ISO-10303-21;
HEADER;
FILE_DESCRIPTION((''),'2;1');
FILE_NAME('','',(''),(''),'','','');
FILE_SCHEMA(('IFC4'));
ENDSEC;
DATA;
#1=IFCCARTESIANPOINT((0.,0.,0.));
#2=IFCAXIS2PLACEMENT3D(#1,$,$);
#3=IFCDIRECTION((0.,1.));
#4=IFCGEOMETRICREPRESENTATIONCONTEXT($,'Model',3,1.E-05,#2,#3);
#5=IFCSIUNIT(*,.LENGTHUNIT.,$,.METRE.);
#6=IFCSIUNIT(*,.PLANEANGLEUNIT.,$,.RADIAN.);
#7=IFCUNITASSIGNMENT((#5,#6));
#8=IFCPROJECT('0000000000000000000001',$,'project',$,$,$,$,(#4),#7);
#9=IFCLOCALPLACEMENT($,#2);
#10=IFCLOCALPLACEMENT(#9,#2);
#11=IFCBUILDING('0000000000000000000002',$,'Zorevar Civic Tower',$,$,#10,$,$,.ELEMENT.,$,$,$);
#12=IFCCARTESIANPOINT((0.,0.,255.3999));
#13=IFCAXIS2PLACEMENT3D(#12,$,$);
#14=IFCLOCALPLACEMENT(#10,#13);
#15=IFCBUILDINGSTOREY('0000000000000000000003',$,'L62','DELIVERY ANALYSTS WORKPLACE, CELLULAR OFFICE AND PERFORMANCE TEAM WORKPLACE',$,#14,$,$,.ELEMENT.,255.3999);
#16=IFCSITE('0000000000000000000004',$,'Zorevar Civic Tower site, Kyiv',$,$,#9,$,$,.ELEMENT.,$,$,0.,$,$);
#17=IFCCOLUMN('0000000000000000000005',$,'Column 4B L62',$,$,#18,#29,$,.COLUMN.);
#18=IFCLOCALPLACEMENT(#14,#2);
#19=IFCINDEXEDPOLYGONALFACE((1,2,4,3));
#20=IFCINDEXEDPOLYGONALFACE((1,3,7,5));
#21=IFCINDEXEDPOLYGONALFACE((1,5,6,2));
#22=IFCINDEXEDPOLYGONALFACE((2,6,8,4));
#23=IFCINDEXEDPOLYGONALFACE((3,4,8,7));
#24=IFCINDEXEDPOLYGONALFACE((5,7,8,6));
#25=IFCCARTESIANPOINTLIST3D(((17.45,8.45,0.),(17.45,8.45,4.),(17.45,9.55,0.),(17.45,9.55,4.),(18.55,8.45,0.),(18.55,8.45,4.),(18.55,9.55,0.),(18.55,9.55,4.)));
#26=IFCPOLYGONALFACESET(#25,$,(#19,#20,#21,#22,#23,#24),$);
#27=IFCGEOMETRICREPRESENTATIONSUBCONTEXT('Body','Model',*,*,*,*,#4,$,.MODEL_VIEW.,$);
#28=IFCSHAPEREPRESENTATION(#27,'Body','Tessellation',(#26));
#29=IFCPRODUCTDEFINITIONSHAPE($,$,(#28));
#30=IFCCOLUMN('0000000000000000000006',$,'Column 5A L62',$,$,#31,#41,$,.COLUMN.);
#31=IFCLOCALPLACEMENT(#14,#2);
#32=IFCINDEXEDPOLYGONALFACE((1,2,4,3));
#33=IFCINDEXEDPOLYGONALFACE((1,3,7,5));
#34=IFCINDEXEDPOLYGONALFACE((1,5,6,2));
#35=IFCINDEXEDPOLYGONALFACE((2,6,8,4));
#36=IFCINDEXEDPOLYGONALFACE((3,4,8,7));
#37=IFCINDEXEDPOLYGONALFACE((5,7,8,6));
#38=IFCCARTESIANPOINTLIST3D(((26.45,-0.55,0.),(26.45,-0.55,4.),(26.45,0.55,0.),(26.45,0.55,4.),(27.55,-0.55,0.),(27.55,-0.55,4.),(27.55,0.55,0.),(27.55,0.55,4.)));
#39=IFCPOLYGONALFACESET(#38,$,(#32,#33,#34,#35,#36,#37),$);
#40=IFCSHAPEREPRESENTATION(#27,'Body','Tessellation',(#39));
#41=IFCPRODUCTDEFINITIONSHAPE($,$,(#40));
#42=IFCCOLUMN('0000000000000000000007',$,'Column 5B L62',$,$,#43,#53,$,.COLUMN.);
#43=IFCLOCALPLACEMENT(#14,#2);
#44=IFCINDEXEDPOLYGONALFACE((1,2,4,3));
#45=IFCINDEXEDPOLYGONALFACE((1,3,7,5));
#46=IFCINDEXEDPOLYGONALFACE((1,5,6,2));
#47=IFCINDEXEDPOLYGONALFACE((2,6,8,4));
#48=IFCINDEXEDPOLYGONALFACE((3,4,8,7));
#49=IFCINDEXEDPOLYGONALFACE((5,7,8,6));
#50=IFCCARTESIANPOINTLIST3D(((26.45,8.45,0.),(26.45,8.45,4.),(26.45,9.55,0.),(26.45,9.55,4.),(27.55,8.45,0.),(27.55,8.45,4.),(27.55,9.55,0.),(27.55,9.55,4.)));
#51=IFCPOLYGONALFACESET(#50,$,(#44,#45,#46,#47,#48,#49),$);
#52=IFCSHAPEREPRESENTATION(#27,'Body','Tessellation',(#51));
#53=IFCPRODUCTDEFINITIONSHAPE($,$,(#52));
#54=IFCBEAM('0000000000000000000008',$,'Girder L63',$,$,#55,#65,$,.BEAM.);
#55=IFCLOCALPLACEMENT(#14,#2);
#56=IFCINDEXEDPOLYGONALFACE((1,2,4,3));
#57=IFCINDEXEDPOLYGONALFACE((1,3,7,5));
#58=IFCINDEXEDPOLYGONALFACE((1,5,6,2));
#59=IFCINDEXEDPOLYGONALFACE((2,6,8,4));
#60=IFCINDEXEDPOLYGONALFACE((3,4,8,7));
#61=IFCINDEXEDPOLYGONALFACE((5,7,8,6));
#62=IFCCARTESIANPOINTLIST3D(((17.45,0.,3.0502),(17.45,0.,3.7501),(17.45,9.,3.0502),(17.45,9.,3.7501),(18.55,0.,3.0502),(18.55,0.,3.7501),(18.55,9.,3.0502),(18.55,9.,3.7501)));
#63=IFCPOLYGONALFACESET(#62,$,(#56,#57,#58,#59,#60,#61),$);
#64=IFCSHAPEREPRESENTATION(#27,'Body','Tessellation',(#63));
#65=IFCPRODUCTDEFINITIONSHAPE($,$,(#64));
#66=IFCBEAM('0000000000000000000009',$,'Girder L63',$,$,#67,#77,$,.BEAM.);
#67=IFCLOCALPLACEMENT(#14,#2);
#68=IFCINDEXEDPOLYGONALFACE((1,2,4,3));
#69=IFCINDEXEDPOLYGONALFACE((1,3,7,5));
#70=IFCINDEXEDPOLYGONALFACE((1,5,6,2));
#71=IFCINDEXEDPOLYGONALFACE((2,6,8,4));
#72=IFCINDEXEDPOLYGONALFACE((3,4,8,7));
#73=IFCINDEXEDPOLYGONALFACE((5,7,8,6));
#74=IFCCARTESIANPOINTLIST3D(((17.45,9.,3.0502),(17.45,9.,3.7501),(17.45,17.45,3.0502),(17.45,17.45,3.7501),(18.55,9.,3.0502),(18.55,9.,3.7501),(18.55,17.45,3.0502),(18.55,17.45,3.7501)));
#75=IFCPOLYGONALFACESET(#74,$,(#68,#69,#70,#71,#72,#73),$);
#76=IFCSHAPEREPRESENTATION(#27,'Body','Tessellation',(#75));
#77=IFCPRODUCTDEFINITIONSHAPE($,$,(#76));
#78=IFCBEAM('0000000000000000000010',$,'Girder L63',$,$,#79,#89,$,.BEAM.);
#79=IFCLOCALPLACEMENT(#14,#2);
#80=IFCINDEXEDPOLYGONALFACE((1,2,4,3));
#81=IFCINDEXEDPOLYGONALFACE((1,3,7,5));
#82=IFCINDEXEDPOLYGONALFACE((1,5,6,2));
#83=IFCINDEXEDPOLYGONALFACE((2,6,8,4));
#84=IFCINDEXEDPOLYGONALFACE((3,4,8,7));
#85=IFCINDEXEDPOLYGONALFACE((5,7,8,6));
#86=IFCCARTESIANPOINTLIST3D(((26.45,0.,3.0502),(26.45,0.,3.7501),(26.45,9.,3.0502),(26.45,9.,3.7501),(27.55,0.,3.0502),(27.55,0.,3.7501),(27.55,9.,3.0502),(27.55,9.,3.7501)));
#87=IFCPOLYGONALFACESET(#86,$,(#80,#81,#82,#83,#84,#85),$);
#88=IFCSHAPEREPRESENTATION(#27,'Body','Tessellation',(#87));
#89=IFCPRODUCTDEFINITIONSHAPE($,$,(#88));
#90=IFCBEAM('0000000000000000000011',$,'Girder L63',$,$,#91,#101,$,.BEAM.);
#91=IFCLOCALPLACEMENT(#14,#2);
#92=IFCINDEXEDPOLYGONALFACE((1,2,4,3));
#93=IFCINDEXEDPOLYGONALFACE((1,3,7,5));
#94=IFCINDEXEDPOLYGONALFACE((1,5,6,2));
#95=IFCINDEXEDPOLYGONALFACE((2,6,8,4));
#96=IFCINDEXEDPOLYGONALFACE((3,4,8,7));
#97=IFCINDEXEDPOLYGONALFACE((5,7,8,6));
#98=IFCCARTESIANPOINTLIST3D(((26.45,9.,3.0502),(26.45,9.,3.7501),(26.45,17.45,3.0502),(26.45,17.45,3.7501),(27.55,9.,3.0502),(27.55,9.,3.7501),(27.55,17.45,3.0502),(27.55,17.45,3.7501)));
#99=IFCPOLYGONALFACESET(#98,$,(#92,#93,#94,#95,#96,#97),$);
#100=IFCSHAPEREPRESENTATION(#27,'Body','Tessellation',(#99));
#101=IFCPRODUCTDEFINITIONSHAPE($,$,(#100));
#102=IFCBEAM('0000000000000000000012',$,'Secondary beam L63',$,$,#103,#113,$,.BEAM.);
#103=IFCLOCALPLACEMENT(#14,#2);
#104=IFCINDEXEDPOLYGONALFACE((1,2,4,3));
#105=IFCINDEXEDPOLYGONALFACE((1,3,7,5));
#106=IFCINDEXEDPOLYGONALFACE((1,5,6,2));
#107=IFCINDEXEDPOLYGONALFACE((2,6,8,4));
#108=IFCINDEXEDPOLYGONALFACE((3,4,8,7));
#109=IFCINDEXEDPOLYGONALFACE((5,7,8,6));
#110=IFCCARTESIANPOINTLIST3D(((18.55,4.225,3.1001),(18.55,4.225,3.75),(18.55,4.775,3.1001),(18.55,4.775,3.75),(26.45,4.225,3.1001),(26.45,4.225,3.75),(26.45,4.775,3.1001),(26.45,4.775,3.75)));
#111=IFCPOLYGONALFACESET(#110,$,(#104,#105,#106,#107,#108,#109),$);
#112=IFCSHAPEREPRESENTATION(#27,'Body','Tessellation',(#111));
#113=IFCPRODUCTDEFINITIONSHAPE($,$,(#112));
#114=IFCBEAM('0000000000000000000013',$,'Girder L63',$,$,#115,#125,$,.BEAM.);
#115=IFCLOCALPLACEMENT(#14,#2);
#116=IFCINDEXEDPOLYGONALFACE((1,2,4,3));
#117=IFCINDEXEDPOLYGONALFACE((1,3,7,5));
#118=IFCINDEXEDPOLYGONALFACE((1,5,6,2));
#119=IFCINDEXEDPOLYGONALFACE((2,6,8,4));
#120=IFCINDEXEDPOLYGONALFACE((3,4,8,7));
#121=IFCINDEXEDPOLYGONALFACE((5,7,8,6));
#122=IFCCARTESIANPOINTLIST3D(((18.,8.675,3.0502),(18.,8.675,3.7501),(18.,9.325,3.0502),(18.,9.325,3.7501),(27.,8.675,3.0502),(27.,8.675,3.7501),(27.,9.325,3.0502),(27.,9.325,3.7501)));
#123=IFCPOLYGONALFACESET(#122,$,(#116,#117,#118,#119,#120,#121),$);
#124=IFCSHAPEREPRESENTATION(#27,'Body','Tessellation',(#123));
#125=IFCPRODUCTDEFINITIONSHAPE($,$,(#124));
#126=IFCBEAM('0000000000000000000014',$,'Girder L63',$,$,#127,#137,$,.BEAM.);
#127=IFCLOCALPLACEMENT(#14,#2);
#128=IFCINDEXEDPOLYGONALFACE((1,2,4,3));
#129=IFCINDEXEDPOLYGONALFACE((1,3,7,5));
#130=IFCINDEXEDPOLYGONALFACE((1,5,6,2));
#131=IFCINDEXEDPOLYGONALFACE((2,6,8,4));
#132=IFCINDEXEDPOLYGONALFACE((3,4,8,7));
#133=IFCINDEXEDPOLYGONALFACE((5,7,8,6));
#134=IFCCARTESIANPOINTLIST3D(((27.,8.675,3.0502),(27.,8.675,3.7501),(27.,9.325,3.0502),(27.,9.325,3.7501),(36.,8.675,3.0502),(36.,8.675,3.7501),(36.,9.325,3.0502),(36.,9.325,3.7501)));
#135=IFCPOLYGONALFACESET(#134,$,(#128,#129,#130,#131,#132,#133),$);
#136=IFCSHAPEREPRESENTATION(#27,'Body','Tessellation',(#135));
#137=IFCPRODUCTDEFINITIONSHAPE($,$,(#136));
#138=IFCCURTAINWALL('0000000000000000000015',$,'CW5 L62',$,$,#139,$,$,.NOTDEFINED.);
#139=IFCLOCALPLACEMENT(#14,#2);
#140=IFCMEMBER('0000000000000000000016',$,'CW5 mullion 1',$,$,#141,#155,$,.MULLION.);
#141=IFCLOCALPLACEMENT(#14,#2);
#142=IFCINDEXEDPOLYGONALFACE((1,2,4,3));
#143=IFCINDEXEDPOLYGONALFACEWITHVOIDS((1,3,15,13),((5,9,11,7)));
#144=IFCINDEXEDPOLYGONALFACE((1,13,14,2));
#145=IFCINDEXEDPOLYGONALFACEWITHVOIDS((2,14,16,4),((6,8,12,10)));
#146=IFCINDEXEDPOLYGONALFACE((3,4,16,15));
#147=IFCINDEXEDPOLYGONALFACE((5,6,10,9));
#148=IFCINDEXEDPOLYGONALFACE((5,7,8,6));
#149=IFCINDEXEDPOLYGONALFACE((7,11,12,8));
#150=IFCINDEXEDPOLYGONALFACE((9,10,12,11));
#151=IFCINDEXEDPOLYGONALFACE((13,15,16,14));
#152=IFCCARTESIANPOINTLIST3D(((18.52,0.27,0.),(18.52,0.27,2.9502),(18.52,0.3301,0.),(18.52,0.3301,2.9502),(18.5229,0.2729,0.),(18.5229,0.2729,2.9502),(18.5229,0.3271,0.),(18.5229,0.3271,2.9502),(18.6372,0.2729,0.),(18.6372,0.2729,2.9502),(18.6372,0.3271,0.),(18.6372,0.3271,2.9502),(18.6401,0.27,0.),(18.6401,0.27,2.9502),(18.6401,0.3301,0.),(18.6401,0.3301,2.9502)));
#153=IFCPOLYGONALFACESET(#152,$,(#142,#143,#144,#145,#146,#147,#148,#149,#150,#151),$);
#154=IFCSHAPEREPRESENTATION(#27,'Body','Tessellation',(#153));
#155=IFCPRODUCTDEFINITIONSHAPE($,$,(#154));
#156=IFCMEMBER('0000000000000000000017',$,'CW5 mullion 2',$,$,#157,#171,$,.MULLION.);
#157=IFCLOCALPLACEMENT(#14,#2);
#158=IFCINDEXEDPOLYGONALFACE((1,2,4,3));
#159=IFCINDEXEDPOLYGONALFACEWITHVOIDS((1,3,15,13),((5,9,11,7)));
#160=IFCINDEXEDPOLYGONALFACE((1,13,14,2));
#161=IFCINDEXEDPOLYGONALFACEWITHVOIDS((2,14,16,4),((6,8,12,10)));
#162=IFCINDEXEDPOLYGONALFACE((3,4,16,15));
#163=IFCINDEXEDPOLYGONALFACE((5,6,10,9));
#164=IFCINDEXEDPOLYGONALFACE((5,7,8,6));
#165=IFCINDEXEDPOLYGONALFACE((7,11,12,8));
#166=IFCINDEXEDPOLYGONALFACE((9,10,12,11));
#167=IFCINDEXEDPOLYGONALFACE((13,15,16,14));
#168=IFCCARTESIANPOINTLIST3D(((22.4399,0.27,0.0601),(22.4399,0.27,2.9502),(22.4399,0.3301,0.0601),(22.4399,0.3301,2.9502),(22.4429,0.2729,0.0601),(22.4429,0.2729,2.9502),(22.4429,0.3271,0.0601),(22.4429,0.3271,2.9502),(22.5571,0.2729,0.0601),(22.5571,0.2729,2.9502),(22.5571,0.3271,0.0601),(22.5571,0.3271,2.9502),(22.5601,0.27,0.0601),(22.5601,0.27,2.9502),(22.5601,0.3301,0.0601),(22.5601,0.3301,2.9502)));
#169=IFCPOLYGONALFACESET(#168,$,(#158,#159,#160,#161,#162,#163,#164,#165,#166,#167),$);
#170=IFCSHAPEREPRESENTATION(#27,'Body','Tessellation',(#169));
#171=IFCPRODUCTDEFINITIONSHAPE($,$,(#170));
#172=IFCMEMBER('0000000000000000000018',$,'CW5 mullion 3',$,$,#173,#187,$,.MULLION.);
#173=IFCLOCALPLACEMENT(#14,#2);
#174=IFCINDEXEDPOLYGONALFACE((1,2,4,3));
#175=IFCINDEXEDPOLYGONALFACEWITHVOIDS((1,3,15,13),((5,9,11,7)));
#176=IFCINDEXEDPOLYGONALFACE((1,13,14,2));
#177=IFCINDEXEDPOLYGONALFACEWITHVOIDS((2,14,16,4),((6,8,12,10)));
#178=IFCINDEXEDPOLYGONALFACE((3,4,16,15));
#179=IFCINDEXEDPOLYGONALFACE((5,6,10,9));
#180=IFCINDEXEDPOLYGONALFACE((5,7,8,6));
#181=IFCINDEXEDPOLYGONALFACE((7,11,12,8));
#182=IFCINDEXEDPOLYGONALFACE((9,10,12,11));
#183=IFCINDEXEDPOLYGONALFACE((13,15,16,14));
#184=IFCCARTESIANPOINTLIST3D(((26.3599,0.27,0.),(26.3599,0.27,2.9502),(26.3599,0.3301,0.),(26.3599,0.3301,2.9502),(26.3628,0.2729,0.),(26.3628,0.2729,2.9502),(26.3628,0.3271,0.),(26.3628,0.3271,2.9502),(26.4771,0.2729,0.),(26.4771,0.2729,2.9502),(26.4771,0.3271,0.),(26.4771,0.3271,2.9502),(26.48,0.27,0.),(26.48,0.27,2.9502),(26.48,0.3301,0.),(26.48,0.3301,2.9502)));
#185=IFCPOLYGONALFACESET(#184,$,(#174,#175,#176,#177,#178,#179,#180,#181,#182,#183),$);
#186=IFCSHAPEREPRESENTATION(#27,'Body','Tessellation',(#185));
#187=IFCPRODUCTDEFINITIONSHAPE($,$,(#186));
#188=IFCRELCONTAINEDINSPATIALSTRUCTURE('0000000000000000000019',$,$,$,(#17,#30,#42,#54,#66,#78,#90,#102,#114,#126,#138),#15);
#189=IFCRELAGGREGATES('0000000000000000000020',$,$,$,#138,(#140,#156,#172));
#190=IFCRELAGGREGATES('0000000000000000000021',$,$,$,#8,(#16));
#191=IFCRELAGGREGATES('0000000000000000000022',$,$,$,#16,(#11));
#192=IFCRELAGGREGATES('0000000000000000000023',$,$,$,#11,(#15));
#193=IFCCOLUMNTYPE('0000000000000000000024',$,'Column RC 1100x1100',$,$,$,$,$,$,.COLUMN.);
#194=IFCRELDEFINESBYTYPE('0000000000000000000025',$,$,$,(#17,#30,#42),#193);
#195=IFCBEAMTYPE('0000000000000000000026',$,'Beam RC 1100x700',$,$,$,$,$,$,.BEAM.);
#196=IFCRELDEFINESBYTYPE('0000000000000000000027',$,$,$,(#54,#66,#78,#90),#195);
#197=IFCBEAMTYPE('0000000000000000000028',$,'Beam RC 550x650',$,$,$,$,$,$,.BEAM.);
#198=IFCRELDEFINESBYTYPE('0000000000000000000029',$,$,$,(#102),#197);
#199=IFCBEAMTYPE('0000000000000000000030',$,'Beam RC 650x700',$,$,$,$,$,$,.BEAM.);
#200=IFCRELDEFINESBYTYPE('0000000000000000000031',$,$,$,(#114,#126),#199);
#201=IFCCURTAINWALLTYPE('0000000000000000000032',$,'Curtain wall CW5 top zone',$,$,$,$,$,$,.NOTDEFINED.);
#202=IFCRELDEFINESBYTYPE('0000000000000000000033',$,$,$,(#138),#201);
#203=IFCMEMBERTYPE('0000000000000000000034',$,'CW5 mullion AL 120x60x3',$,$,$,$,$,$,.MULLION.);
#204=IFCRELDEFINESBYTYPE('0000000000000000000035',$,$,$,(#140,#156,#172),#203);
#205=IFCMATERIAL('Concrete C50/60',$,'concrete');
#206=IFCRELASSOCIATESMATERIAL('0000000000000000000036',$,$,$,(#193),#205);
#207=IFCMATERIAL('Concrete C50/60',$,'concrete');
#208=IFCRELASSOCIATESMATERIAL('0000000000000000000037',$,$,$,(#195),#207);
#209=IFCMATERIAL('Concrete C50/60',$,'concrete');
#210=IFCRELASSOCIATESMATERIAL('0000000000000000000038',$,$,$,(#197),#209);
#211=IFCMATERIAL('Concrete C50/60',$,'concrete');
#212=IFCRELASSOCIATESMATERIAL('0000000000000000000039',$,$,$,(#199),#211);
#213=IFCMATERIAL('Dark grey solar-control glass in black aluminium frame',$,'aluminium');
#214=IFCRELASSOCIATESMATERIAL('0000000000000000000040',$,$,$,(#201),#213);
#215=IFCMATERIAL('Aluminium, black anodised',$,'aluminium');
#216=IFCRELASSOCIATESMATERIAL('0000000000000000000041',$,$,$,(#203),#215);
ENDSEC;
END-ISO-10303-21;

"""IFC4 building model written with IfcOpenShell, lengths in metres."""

from ifc_helpers import new_model, si_unit, direction, frame, origin, origin_2d, place, context, subcontext, project, spatial, rectangle, hollow_rectangle, extrude, material, material_profile, profile_set, type_object, element, aggregate, save


model = new_model("IFC4")

# Units and contexts
model_context = context("Model", 3, precision=1e-05, world=origin(), true_north=direction((0.0, 1.0)))
body_context = subcontext(model_context, "Body", "Model", "MODEL_VIEW")
ifc_project = project(units=[si_unit("LENGTHUNIT", "METRE"), si_unit("PLANEANGLEUNIT", "RADIAN")], contexts=[model_context])

# Site, building, storey
site_placement = place(None, origin())
site = spatial("IfcSite", under=ifc_project, at=site_placement, Name="Zorevar Civic Tower site, Kyiv", CompositionType="ELEMENT", RefElevation=0.0)
building_placement = place(site_placement, origin())
building = spatial("IfcBuilding", under=site, at=building_placement, Name="Zorevar Civic Tower", CompositionType="ELEMENT")
storey_placement = place(building_placement, frame((0.0, 0.0, 255.3999)))
storey = spatial("IfcBuildingStorey", under=building, at=storey_placement, Name="L62", Description="DELIVERY ANALYSTS WORKPLACE, CELLULAR OFFICE AND PERFORMANCE TEAM WORKPLACE", CompositionType="ELEMENT", Elevation=255.3999)

# Columns
ifc_material_1 = material(Name="Concrete C50/60", Category="concrete")
ifc_material_profile_1 = material_profile(ifc_material_1, rectangle(XDim=1.1001, YDim=1.1001, at=origin_2d()), Name="RC 1100x1100")
ifc_profile_set_1 = profile_set([ifc_material_profile_1], Name="Concrete C50/60")
column_type = type_object("IfcColumnType", Name="Column RC 1100x1100", PredefinedType="COLUMN", material=ifc_profile_set_1)
for number, where, z_axis, x_axis, name in (
    (1, (18.0, 9.0, 0.0), (0.0, 0.0, 1.0), (1.0, 0.0, 0.0), "Column 4B L62"),
    (2, (27.0, 0.0, 0.0), (0.0, 0.0, 1.0), (1.0, 0.0, 0.0), "Column 5A L62"),
    (3, (27.0, 9.0, 0.0), (0.0, 0.0, 1.0), (1.0, 0.0, 0.0), "Column 5B L62"),
):
    element("IfcColumn", number, at=place(storey_placement, frame(where, z_axis=z_axis, x_axis=x_axis)), inside=storey, type_object=column_type, Name=name, PredefinedType="COLUMN", context=body_context, shape_type="SweptSolid", body=[
        extrude(rectangle(XDim=1.1001, YDim=1.1001, at=origin_2d()), origin(), (0.0, 0.0, 1.0), 4.0),
    ])

# Beams
ifc_material_2 = material(Name="Concrete C50/60", Category="concrete")
ifc_material_profile_2 = material_profile(ifc_material_2, rectangle(XDim=1.1001, YDim=0.7, at=origin_2d()), Name="RC 1100x700")
ifc_profile_set_2 = profile_set([ifc_material_profile_2], Name="Concrete C50/60")
beam_type_1 = type_object("IfcBeamType", Name="Beam RC 1100x700", PredefinedType="BEAM", material=ifc_profile_set_2)
beam_1_placement = place(storey_placement, frame((18.0, 0.0, 3.4001), z_axis=(0.0, 1.0, 0.0), x_axis=(-1.0, 0.0, 0.0)))
element("IfcBeam", 4, at=beam_1_placement, inside=storey, type_object=beam_type_1, Name="Girder L63", PredefinedType="BEAM", context=body_context, shape_type="SweptSolid", body=[
    extrude(rectangle(XDim=1.1001, YDim=0.7, at=origin_2d()), origin(), (0.0, 0.0, 1.0), 9.0),
])
beam_2_placement = place(storey_placement, frame((18.0, 9.0, 3.4001), z_axis=(0.0, 1.0, 0.0), x_axis=(-1.0, 0.0, 0.0)))
element("IfcBeam", 5, at=beam_2_placement, inside=storey, type_object=beam_type_1, Name="Girder L63", PredefinedType="BEAM", context=body_context, shape_type="SweptSolid", body=[
    extrude(rectangle(XDim=1.1001, YDim=0.7, at=origin_2d()), origin(), (0.0, 0.0, 1.0), 8.45),
])
beam_3_placement = place(storey_placement, frame((27.0, 0.0, 3.4001), z_axis=(0.0, 1.0, 0.0), x_axis=(-1.0, 0.0, 0.0)))
element("IfcBeam", 6, at=beam_3_placement, inside=storey, type_object=beam_type_1, Name="Girder L63", PredefinedType="BEAM", context=body_context, shape_type="SweptSolid", body=[
    extrude(rectangle(XDim=1.1001, YDim=0.7, at=origin_2d()), origin(), (0.0, 0.0, 1.0), 9.0),
])
beam_4_placement = place(storey_placement, frame((27.0, 9.0, 3.4001), z_axis=(0.0, 1.0, 0.0), x_axis=(-1.0, 0.0, 0.0)))
element("IfcBeam", 7, at=beam_4_placement, inside=storey, type_object=beam_type_1, Name="Girder L63", PredefinedType="BEAM", context=body_context, shape_type="SweptSolid", body=[
    extrude(rectangle(XDim=1.1001, YDim=0.7, at=origin_2d()), origin(), (0.0, 0.0, 1.0), 8.45),
])
ifc_material_3 = material(Name="Concrete C50/60", Category="concrete")
ifc_material_profile_3 = material_profile(ifc_material_3, rectangle(XDim=0.55, YDim=0.6499, at=origin_2d()), Name="RC 550x650")
ifc_profile_set_3 = profile_set([ifc_material_profile_3], Name="Concrete C50/60")
beam_type_2 = type_object("IfcBeamType", Name="Beam RC 550x650", PredefinedType="BEAM", material=ifc_profile_set_3)
beam_5_placement = place(storey_placement, frame((18.55, 4.5, 3.425), z_axis=(1.0, 0.0, 0.0), x_axis=(0.0, 1.0, 0.0)))
element("IfcBeam", 8, at=beam_5_placement, inside=storey, type_object=beam_type_2, Name="Secondary beam L63", PredefinedType="BEAM", context=body_context, shape_type="SweptSolid", body=[
    extrude(rectangle(XDim=0.55, YDim=0.6499, at=origin_2d()), origin(), (0.0, 0.0, 1.0), 7.8999),
])
ifc_material_4 = material(Name="Concrete C50/60", Category="concrete")
ifc_material_profile_4 = material_profile(ifc_material_4, rectangle(XDim=0.6499, YDim=0.7, at=origin_2d()), Name="RC 650x700")
ifc_profile_set_4 = profile_set([ifc_material_profile_4], Name="Concrete C50/60")
beam_type_3 = type_object("IfcBeamType", Name="Beam RC 650x700", PredefinedType="BEAM", material=ifc_profile_set_4)
for number, where, z_axis, x_axis, name in (
    (9, (18.0, 9.0, 3.4001), (1.0, 0.0, 0.0), (0.0, 1.0, 0.0), "Girder L63"),
    (10, (27.0, 9.0, 3.4001), (1.0, 0.0, 0.0), (0.0, 1.0, 0.0), "Girder L63"),
):
    element("IfcBeam", number, at=place(storey_placement, frame(where, z_axis=z_axis, x_axis=x_axis)), inside=storey, type_object=beam_type_3, Name=name, PredefinedType="BEAM", context=body_context, shape_type="SweptSolid", body=[
        extrude(rectangle(XDim=0.6499, YDim=0.7, at=origin_2d()), origin(), (0.0, 0.0, 1.0), 9.0),
    ])

# Curtain wall, members
ifc_material_5 = material(Name="Dark grey solar-control glass in black aluminium frame", Category="aluminium")
curtain_wall_type = type_object("IfcCurtainWallType", Name="Curtain wall CW5 top zone", PredefinedType="NOTDEFINED", material=ifc_material_5)
curtain_wall_placement = place(storey_placement, origin())
curtain_wall = element("IfcCurtainWall", 11, at=curtain_wall_placement, inside=storey, type_object=curtain_wall_type, Name="CW5 L62", PredefinedType="NOTDEFINED")
ifc_material_6 = material(Name="Aluminium, black anodised", Category="aluminium")
ifc_material_profile_5 = material_profile(ifc_material_6, hollow_rectangle(XDim=0.0601, YDim=0.1201, WallThickness=0.0029, at=origin_2d()), Name="AL 120x60x3")
ifc_profile_set_5 = profile_set([ifc_material_profile_5], Name="Aluminium, black anodised")
member_type_1 = type_object("IfcMemberType", Name="CW5 mullion AL 120x60x3", PredefinedType="MULLION", material=ifc_profile_set_5)
member_1_placement = place(storey_placement, frame((18.5801, 0.3, 0.0), z_axis=(0.0, 0.0, 1.0), x_axis=(0.0, 1.0, 0.0)))
member_1 = element("IfcMember", 12, at=member_1_placement, type_object=member_type_1, Name="CW5 mullion 1", PredefinedType="MULLION", context=body_context, shape_type="SweptSolid", body=[
    extrude(hollow_rectangle(XDim=0.0601, YDim=0.1201, WallThickness=0.0029, at=origin_2d()), origin(), (0.0, 0.0, 1.0), 2.9502),
])
member_2_placement = place(storey_placement, frame((22.5, 0.3, 0.0601), z_axis=(0.0, 0.0, 1.0), x_axis=(0.0, 1.0, 0.0)))
member_2 = element("IfcMember", 13, at=member_2_placement, type_object=member_type_1, Name="CW5 mullion 2", PredefinedType="MULLION", context=body_context, shape_type="SweptSolid", body=[
    extrude(hollow_rectangle(XDim=0.0601, YDim=0.1201, WallThickness=0.0029, at=origin_2d()), origin(), (0.0, 0.0, 1.0), 2.8901),
])
member_3_placement = place(storey_placement, frame((26.4199, 0.3, 0.0), z_axis=(0.0, 0.0, 1.0), x_axis=(0.0, 1.0, 0.0)))
member_3 = element("IfcMember", 14, at=member_3_placement, type_object=member_type_1, Name="CW5 mullion 3", PredefinedType="MULLION", context=body_context, shape_type="SweptSolid", body=[
    extrude(hollow_rectangle(XDim=0.0601, YDim=0.1201, WallThickness=0.0029, at=origin_2d()), origin(), (0.0, 0.0, 1.0), 2.9502),
])

aggregate(curtain_wall, [member_1, member_2, member_3])

save(model, "model.ifc")
